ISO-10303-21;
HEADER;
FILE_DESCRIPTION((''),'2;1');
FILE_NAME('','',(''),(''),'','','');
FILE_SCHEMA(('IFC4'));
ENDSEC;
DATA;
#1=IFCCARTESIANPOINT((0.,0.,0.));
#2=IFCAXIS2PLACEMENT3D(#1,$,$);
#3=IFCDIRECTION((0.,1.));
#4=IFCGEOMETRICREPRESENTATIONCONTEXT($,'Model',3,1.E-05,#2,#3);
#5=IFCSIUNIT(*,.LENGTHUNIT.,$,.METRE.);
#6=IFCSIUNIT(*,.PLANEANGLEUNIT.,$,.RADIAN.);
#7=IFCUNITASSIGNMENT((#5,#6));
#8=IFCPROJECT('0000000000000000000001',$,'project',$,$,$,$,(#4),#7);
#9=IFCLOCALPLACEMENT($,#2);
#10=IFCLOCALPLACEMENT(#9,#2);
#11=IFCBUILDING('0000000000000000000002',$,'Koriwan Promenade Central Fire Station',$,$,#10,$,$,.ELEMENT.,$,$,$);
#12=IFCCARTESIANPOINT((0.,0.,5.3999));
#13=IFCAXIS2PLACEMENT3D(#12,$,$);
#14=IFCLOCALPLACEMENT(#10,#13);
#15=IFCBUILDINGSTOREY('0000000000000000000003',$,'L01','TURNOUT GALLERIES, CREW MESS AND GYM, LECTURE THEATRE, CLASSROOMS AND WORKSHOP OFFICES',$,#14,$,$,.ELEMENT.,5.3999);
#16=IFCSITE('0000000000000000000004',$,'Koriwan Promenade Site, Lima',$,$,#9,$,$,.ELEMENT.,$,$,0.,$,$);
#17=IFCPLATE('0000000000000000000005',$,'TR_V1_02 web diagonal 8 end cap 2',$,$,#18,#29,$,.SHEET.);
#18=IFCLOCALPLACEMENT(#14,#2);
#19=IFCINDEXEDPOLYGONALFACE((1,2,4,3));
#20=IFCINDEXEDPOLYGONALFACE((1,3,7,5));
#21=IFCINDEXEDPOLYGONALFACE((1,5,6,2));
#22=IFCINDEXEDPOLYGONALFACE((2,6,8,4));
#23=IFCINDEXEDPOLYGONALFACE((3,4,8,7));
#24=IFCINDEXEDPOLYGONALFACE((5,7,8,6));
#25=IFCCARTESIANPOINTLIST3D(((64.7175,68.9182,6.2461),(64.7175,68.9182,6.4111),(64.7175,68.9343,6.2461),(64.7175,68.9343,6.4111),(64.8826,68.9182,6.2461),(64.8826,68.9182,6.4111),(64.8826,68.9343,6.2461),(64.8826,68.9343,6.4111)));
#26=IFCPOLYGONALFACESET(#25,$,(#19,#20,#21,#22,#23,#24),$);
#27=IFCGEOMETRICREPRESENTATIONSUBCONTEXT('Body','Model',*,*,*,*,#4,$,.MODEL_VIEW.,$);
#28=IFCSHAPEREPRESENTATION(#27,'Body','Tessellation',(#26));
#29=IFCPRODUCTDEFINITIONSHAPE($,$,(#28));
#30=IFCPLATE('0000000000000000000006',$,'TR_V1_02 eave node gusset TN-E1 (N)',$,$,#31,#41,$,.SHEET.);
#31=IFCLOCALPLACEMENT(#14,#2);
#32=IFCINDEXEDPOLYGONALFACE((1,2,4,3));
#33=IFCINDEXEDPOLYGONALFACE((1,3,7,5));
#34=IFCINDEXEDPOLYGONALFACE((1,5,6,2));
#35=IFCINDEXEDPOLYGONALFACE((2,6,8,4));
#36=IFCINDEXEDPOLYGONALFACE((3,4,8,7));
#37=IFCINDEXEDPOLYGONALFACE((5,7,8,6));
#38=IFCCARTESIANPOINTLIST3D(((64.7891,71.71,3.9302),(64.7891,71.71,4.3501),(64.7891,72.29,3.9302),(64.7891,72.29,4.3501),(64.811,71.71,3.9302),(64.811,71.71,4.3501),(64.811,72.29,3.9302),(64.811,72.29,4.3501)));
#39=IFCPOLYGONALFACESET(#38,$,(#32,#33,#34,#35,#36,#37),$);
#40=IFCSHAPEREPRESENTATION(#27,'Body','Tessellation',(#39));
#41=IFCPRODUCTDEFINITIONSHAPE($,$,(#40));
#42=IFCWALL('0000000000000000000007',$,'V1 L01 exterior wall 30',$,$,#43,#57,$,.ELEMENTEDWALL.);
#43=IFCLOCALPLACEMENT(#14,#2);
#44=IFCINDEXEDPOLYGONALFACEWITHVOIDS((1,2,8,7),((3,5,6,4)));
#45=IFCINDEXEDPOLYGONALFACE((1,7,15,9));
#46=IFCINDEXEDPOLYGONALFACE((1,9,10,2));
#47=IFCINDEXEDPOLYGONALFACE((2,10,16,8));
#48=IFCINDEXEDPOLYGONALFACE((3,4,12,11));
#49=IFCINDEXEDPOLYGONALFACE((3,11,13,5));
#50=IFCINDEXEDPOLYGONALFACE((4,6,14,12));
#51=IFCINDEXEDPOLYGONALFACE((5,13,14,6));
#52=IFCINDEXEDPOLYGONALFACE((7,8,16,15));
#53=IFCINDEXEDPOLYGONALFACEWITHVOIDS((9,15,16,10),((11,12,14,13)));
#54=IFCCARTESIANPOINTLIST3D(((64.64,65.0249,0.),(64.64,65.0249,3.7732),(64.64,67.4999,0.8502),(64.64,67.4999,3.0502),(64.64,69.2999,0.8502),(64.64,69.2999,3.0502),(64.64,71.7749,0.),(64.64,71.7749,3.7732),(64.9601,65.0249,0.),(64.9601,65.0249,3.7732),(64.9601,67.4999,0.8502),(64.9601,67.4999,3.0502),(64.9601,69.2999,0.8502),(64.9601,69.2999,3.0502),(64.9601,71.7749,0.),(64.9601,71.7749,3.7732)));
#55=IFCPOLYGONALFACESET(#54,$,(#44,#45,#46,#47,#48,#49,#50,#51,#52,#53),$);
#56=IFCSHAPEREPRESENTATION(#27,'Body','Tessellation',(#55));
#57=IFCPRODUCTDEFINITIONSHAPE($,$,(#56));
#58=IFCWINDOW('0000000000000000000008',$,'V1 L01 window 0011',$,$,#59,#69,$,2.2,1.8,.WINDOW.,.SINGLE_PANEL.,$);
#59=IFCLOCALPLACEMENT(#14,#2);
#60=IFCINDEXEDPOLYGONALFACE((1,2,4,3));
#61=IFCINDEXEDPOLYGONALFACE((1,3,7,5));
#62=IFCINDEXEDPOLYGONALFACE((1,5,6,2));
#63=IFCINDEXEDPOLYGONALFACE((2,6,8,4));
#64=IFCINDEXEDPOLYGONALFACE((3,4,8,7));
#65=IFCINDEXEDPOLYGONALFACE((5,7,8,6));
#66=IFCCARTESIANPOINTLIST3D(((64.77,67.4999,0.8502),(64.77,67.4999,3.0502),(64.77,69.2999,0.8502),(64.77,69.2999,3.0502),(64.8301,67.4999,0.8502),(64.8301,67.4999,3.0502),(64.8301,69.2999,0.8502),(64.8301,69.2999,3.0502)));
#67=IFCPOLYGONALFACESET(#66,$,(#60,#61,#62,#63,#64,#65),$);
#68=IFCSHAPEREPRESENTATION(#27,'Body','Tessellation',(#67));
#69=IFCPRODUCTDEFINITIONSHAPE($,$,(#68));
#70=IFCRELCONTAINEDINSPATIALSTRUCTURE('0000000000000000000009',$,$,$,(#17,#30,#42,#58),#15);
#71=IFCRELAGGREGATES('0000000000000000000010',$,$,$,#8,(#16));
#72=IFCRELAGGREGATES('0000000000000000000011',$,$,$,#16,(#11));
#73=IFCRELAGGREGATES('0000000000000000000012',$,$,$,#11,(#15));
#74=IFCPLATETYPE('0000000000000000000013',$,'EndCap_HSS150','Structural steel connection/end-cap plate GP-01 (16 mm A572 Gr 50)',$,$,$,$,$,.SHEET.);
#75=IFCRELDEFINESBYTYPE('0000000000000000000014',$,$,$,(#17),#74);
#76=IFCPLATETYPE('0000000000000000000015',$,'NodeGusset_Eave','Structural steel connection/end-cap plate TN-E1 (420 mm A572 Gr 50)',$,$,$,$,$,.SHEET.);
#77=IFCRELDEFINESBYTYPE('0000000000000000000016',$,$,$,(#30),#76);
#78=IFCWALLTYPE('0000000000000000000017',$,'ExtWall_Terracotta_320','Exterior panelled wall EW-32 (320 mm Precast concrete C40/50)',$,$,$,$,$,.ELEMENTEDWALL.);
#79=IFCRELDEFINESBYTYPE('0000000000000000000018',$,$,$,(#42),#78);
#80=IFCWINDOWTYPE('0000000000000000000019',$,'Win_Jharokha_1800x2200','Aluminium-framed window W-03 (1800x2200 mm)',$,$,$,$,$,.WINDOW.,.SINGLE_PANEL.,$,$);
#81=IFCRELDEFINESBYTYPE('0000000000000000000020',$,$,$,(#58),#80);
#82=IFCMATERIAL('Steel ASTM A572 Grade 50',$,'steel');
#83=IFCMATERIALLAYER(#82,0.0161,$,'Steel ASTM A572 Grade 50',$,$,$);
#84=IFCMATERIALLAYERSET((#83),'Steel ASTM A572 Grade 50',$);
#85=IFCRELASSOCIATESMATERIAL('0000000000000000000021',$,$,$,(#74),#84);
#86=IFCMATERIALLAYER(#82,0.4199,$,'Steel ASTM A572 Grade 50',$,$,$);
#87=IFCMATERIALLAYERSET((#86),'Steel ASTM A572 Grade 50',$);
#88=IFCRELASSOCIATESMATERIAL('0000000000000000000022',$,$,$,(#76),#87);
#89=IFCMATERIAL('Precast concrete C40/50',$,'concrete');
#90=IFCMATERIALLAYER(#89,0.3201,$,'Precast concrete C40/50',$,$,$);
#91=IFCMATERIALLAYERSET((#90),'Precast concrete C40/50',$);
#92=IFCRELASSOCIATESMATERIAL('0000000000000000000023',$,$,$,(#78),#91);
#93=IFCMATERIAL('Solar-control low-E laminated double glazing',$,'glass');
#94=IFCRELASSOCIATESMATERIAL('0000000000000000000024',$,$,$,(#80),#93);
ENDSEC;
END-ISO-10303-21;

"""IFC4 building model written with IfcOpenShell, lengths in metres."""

from ifc_helpers import new_model, si_unit, direction, frame, frame_2d, origin, origin_2d, place, context, subcontext, project, spatial, rectangle, extrude, material, layer, layer_set, type_object, element, fill, save


model = new_model("IFC4")

# Units and contexts
model_context = context("Model", 3, precision=1e-05, world=origin(), true_north=direction((0.0, 1.0)))
body_context = subcontext(model_context, "Body", "Model", "MODEL_VIEW")
ifc_project = project(units=[si_unit("LENGTHUNIT", "METRE"), si_unit("PLANEANGLEUNIT", "RADIAN")], contexts=[model_context])

# Site, building, storey
site_placement = place(None, origin())
site = spatial("IfcSite", under=ifc_project, at=site_placement, Name="Koriwan Promenade Site, Lima", CompositionType="ELEMENT", RefElevation=0.0)
building_placement = place(site_placement, origin())
building = spatial("IfcBuilding", under=site, at=building_placement, Name="Koriwan Promenade Central Fire Station", CompositionType="ELEMENT")
storey_placement = place(building_placement, frame((0.0, 0.0, 5.3999)))
storey = spatial("IfcBuildingStorey", under=building, at=storey_placement, Name="L01", Description="TURNOUT GALLERIES, CREW MESS AND GYM, LECTURE THEATRE, CLASSROOMS AND WORKSHOP OFFICES", CompositionType="ELEMENT", Elevation=5.3999)

# Plates
ifc_material_1 = material(Name="Steel ASTM A572 Grade 50", Category="steel")
ifc_layer_1 = layer(ifc_material_1, 0.0161, Name="Steel ASTM A572 Grade 50")
ifc_layer_set_1 = layer_set([ifc_layer_1], Name="Steel ASTM A572 Grade 50")
plate_type_1 = type_object("IfcPlateType", Name="EndCap_HSS150", Description="Structural steel connection/end-cap plate GP-01 (16 mm A572 Gr 50)", PredefinedType="SHEET", material=ifc_layer_set_1)
for number, where, z_axis, x_axis, name in (
    (1, (64.8, 68.9263, 6.2461), (0.0, 0.0, 1.0), (0.0, 1.0, 0.0), "TR_V1_02 web diagonal 8 end cap 2"),
):
    element("IfcPlate", number, at=place(storey_placement, frame(where, z_axis=z_axis, x_axis=x_axis)), inside=storey, type_object=plate_type_1, Name=name, PredefinedType="SHEET", context=body_context, shape_type="SweptSolid", body=[
        extrude(rectangle(XDim=0.0161, YDim=0.165, at=origin_2d()), origin(), (0.0, 0.0, 1.0), 0.165),
    ])
ifc_layer_2 = layer(ifc_material_1, 0.4199, Name="Steel ASTM A572 Grade 50")
ifc_layer_set_2 = layer_set([ifc_layer_2], Name="Steel ASTM A572 Grade 50")
plate_type_2 = type_object("IfcPlateType", Name="NodeGusset_Eave", Description="Structural steel connection/end-cap plate TN-E1 (420 mm A572 Gr 50)", PredefinedType="SHEET", material=ifc_layer_set_2)
plate_1_placement = place(storey_placement, frame((64.8, 72.0, 3.9302), z_axis=(0.0, 0.0, 1.0), x_axis=(1.0, 0.0, 0.0)))
element("IfcPlate", 2, at=plate_1_placement, inside=storey, type_object=plate_type_2, Name="TR_V1_02 eave node gusset TN-E1 (N)", PredefinedType="SHEET", context=body_context, shape_type="SweptSolid", body=[
    extrude(rectangle(XDim=0.022, YDim=0.5801, at=origin_2d()), origin(), (0.0, 0.0, 1.0), 0.4199),
])

# Wall, opening, window
ifc_material_2 = material(Name="Precast concrete C40/50", Category="concrete")
ifc_layer_3 = layer(ifc_material_2, 0.3201, Name="Precast concrete C40/50")
ifc_layer_set_3 = layer_set([ifc_layer_3], Name="Precast concrete C40/50")
wall_type = type_object("IfcWallType", Name="ExtWall_Terracotta_320", Description="Exterior panelled wall EW-32 (320 mm Precast concrete C40/50)", PredefinedType="ELEMENTEDWALL", material=ifc_layer_set_3)
wall_placement = place(storey_placement, frame((64.8, 71.7749, 0.0), z_axis=(0.0, 0.0, 1.0), x_axis=(0.0, -1.0, 0.0)))
wall = element("IfcWall", 3, at=wall_placement, inside=storey, type_object=wall_type, Name="V1 L01 exterior wall 30", PredefinedType="ELEMENTEDWALL", context=body_context, shape_type="SweptSolid", body=[
    extrude(rectangle(XDim=6.75, YDim=0.3201, at=frame_2d((3.375, 0.0))), origin(), (0.0, 0.0, 1.0), 3.7732),
])
opening_placement = place(wall_placement, frame((2.4751, 0.0, 0.8501)))
opening = element("IfcOpeningElement", 4, at=opening_placement, cuts=wall, PredefinedType="OPENING", context=body_context, shape_type="SweptSolid", body=[
    extrude(rectangle(XDim=1.8, YDim=2.2, at=frame_2d((0.8999, 1.1001))), frame((0.0, 0.1719, 0.0), z_axis=(0.0, -1.0, 0.0), x_axis=(1.0, 0.0, 0.0)), (0.0, 0.0, 1.0), 0.344),
])
ifc_material_3 = material(Name="Solar-control low-E laminated double glazing", Category="glass")
window_type = type_object("IfcWindowType", Name="Win_Jharokha_1800x2200", Description="Aluminium-framed window W-03 (1800x2200 mm)", PartitioningType="SINGLE_PANEL", PredefinedType="WINDOW", material=ifc_material_3)
window_placement = place(opening_placement, origin())
window = element("IfcWindow", 5, at=window_placement, inside=storey, type_object=window_type, Name="V1 L01 window 0011", OverallHeight=2.2, OverallWidth=1.8, PartitioningType="SINGLE_PANEL", PredefinedType="WINDOW", context=body_context, shape_type="SweptSolid", body=[
    extrude(rectangle(XDim=1.8, YDim=2.2, at=frame_2d((0.8999, 1.1001))), frame((0.0, 0.03, 0.0), z_axis=(0.0, -1.0, 0.0), x_axis=(1.0, 0.0, 0.0)), (0.0, 0.0, 1.0), 0.0601),
])
fill(opening, window)

save(model, "model.ifc")
